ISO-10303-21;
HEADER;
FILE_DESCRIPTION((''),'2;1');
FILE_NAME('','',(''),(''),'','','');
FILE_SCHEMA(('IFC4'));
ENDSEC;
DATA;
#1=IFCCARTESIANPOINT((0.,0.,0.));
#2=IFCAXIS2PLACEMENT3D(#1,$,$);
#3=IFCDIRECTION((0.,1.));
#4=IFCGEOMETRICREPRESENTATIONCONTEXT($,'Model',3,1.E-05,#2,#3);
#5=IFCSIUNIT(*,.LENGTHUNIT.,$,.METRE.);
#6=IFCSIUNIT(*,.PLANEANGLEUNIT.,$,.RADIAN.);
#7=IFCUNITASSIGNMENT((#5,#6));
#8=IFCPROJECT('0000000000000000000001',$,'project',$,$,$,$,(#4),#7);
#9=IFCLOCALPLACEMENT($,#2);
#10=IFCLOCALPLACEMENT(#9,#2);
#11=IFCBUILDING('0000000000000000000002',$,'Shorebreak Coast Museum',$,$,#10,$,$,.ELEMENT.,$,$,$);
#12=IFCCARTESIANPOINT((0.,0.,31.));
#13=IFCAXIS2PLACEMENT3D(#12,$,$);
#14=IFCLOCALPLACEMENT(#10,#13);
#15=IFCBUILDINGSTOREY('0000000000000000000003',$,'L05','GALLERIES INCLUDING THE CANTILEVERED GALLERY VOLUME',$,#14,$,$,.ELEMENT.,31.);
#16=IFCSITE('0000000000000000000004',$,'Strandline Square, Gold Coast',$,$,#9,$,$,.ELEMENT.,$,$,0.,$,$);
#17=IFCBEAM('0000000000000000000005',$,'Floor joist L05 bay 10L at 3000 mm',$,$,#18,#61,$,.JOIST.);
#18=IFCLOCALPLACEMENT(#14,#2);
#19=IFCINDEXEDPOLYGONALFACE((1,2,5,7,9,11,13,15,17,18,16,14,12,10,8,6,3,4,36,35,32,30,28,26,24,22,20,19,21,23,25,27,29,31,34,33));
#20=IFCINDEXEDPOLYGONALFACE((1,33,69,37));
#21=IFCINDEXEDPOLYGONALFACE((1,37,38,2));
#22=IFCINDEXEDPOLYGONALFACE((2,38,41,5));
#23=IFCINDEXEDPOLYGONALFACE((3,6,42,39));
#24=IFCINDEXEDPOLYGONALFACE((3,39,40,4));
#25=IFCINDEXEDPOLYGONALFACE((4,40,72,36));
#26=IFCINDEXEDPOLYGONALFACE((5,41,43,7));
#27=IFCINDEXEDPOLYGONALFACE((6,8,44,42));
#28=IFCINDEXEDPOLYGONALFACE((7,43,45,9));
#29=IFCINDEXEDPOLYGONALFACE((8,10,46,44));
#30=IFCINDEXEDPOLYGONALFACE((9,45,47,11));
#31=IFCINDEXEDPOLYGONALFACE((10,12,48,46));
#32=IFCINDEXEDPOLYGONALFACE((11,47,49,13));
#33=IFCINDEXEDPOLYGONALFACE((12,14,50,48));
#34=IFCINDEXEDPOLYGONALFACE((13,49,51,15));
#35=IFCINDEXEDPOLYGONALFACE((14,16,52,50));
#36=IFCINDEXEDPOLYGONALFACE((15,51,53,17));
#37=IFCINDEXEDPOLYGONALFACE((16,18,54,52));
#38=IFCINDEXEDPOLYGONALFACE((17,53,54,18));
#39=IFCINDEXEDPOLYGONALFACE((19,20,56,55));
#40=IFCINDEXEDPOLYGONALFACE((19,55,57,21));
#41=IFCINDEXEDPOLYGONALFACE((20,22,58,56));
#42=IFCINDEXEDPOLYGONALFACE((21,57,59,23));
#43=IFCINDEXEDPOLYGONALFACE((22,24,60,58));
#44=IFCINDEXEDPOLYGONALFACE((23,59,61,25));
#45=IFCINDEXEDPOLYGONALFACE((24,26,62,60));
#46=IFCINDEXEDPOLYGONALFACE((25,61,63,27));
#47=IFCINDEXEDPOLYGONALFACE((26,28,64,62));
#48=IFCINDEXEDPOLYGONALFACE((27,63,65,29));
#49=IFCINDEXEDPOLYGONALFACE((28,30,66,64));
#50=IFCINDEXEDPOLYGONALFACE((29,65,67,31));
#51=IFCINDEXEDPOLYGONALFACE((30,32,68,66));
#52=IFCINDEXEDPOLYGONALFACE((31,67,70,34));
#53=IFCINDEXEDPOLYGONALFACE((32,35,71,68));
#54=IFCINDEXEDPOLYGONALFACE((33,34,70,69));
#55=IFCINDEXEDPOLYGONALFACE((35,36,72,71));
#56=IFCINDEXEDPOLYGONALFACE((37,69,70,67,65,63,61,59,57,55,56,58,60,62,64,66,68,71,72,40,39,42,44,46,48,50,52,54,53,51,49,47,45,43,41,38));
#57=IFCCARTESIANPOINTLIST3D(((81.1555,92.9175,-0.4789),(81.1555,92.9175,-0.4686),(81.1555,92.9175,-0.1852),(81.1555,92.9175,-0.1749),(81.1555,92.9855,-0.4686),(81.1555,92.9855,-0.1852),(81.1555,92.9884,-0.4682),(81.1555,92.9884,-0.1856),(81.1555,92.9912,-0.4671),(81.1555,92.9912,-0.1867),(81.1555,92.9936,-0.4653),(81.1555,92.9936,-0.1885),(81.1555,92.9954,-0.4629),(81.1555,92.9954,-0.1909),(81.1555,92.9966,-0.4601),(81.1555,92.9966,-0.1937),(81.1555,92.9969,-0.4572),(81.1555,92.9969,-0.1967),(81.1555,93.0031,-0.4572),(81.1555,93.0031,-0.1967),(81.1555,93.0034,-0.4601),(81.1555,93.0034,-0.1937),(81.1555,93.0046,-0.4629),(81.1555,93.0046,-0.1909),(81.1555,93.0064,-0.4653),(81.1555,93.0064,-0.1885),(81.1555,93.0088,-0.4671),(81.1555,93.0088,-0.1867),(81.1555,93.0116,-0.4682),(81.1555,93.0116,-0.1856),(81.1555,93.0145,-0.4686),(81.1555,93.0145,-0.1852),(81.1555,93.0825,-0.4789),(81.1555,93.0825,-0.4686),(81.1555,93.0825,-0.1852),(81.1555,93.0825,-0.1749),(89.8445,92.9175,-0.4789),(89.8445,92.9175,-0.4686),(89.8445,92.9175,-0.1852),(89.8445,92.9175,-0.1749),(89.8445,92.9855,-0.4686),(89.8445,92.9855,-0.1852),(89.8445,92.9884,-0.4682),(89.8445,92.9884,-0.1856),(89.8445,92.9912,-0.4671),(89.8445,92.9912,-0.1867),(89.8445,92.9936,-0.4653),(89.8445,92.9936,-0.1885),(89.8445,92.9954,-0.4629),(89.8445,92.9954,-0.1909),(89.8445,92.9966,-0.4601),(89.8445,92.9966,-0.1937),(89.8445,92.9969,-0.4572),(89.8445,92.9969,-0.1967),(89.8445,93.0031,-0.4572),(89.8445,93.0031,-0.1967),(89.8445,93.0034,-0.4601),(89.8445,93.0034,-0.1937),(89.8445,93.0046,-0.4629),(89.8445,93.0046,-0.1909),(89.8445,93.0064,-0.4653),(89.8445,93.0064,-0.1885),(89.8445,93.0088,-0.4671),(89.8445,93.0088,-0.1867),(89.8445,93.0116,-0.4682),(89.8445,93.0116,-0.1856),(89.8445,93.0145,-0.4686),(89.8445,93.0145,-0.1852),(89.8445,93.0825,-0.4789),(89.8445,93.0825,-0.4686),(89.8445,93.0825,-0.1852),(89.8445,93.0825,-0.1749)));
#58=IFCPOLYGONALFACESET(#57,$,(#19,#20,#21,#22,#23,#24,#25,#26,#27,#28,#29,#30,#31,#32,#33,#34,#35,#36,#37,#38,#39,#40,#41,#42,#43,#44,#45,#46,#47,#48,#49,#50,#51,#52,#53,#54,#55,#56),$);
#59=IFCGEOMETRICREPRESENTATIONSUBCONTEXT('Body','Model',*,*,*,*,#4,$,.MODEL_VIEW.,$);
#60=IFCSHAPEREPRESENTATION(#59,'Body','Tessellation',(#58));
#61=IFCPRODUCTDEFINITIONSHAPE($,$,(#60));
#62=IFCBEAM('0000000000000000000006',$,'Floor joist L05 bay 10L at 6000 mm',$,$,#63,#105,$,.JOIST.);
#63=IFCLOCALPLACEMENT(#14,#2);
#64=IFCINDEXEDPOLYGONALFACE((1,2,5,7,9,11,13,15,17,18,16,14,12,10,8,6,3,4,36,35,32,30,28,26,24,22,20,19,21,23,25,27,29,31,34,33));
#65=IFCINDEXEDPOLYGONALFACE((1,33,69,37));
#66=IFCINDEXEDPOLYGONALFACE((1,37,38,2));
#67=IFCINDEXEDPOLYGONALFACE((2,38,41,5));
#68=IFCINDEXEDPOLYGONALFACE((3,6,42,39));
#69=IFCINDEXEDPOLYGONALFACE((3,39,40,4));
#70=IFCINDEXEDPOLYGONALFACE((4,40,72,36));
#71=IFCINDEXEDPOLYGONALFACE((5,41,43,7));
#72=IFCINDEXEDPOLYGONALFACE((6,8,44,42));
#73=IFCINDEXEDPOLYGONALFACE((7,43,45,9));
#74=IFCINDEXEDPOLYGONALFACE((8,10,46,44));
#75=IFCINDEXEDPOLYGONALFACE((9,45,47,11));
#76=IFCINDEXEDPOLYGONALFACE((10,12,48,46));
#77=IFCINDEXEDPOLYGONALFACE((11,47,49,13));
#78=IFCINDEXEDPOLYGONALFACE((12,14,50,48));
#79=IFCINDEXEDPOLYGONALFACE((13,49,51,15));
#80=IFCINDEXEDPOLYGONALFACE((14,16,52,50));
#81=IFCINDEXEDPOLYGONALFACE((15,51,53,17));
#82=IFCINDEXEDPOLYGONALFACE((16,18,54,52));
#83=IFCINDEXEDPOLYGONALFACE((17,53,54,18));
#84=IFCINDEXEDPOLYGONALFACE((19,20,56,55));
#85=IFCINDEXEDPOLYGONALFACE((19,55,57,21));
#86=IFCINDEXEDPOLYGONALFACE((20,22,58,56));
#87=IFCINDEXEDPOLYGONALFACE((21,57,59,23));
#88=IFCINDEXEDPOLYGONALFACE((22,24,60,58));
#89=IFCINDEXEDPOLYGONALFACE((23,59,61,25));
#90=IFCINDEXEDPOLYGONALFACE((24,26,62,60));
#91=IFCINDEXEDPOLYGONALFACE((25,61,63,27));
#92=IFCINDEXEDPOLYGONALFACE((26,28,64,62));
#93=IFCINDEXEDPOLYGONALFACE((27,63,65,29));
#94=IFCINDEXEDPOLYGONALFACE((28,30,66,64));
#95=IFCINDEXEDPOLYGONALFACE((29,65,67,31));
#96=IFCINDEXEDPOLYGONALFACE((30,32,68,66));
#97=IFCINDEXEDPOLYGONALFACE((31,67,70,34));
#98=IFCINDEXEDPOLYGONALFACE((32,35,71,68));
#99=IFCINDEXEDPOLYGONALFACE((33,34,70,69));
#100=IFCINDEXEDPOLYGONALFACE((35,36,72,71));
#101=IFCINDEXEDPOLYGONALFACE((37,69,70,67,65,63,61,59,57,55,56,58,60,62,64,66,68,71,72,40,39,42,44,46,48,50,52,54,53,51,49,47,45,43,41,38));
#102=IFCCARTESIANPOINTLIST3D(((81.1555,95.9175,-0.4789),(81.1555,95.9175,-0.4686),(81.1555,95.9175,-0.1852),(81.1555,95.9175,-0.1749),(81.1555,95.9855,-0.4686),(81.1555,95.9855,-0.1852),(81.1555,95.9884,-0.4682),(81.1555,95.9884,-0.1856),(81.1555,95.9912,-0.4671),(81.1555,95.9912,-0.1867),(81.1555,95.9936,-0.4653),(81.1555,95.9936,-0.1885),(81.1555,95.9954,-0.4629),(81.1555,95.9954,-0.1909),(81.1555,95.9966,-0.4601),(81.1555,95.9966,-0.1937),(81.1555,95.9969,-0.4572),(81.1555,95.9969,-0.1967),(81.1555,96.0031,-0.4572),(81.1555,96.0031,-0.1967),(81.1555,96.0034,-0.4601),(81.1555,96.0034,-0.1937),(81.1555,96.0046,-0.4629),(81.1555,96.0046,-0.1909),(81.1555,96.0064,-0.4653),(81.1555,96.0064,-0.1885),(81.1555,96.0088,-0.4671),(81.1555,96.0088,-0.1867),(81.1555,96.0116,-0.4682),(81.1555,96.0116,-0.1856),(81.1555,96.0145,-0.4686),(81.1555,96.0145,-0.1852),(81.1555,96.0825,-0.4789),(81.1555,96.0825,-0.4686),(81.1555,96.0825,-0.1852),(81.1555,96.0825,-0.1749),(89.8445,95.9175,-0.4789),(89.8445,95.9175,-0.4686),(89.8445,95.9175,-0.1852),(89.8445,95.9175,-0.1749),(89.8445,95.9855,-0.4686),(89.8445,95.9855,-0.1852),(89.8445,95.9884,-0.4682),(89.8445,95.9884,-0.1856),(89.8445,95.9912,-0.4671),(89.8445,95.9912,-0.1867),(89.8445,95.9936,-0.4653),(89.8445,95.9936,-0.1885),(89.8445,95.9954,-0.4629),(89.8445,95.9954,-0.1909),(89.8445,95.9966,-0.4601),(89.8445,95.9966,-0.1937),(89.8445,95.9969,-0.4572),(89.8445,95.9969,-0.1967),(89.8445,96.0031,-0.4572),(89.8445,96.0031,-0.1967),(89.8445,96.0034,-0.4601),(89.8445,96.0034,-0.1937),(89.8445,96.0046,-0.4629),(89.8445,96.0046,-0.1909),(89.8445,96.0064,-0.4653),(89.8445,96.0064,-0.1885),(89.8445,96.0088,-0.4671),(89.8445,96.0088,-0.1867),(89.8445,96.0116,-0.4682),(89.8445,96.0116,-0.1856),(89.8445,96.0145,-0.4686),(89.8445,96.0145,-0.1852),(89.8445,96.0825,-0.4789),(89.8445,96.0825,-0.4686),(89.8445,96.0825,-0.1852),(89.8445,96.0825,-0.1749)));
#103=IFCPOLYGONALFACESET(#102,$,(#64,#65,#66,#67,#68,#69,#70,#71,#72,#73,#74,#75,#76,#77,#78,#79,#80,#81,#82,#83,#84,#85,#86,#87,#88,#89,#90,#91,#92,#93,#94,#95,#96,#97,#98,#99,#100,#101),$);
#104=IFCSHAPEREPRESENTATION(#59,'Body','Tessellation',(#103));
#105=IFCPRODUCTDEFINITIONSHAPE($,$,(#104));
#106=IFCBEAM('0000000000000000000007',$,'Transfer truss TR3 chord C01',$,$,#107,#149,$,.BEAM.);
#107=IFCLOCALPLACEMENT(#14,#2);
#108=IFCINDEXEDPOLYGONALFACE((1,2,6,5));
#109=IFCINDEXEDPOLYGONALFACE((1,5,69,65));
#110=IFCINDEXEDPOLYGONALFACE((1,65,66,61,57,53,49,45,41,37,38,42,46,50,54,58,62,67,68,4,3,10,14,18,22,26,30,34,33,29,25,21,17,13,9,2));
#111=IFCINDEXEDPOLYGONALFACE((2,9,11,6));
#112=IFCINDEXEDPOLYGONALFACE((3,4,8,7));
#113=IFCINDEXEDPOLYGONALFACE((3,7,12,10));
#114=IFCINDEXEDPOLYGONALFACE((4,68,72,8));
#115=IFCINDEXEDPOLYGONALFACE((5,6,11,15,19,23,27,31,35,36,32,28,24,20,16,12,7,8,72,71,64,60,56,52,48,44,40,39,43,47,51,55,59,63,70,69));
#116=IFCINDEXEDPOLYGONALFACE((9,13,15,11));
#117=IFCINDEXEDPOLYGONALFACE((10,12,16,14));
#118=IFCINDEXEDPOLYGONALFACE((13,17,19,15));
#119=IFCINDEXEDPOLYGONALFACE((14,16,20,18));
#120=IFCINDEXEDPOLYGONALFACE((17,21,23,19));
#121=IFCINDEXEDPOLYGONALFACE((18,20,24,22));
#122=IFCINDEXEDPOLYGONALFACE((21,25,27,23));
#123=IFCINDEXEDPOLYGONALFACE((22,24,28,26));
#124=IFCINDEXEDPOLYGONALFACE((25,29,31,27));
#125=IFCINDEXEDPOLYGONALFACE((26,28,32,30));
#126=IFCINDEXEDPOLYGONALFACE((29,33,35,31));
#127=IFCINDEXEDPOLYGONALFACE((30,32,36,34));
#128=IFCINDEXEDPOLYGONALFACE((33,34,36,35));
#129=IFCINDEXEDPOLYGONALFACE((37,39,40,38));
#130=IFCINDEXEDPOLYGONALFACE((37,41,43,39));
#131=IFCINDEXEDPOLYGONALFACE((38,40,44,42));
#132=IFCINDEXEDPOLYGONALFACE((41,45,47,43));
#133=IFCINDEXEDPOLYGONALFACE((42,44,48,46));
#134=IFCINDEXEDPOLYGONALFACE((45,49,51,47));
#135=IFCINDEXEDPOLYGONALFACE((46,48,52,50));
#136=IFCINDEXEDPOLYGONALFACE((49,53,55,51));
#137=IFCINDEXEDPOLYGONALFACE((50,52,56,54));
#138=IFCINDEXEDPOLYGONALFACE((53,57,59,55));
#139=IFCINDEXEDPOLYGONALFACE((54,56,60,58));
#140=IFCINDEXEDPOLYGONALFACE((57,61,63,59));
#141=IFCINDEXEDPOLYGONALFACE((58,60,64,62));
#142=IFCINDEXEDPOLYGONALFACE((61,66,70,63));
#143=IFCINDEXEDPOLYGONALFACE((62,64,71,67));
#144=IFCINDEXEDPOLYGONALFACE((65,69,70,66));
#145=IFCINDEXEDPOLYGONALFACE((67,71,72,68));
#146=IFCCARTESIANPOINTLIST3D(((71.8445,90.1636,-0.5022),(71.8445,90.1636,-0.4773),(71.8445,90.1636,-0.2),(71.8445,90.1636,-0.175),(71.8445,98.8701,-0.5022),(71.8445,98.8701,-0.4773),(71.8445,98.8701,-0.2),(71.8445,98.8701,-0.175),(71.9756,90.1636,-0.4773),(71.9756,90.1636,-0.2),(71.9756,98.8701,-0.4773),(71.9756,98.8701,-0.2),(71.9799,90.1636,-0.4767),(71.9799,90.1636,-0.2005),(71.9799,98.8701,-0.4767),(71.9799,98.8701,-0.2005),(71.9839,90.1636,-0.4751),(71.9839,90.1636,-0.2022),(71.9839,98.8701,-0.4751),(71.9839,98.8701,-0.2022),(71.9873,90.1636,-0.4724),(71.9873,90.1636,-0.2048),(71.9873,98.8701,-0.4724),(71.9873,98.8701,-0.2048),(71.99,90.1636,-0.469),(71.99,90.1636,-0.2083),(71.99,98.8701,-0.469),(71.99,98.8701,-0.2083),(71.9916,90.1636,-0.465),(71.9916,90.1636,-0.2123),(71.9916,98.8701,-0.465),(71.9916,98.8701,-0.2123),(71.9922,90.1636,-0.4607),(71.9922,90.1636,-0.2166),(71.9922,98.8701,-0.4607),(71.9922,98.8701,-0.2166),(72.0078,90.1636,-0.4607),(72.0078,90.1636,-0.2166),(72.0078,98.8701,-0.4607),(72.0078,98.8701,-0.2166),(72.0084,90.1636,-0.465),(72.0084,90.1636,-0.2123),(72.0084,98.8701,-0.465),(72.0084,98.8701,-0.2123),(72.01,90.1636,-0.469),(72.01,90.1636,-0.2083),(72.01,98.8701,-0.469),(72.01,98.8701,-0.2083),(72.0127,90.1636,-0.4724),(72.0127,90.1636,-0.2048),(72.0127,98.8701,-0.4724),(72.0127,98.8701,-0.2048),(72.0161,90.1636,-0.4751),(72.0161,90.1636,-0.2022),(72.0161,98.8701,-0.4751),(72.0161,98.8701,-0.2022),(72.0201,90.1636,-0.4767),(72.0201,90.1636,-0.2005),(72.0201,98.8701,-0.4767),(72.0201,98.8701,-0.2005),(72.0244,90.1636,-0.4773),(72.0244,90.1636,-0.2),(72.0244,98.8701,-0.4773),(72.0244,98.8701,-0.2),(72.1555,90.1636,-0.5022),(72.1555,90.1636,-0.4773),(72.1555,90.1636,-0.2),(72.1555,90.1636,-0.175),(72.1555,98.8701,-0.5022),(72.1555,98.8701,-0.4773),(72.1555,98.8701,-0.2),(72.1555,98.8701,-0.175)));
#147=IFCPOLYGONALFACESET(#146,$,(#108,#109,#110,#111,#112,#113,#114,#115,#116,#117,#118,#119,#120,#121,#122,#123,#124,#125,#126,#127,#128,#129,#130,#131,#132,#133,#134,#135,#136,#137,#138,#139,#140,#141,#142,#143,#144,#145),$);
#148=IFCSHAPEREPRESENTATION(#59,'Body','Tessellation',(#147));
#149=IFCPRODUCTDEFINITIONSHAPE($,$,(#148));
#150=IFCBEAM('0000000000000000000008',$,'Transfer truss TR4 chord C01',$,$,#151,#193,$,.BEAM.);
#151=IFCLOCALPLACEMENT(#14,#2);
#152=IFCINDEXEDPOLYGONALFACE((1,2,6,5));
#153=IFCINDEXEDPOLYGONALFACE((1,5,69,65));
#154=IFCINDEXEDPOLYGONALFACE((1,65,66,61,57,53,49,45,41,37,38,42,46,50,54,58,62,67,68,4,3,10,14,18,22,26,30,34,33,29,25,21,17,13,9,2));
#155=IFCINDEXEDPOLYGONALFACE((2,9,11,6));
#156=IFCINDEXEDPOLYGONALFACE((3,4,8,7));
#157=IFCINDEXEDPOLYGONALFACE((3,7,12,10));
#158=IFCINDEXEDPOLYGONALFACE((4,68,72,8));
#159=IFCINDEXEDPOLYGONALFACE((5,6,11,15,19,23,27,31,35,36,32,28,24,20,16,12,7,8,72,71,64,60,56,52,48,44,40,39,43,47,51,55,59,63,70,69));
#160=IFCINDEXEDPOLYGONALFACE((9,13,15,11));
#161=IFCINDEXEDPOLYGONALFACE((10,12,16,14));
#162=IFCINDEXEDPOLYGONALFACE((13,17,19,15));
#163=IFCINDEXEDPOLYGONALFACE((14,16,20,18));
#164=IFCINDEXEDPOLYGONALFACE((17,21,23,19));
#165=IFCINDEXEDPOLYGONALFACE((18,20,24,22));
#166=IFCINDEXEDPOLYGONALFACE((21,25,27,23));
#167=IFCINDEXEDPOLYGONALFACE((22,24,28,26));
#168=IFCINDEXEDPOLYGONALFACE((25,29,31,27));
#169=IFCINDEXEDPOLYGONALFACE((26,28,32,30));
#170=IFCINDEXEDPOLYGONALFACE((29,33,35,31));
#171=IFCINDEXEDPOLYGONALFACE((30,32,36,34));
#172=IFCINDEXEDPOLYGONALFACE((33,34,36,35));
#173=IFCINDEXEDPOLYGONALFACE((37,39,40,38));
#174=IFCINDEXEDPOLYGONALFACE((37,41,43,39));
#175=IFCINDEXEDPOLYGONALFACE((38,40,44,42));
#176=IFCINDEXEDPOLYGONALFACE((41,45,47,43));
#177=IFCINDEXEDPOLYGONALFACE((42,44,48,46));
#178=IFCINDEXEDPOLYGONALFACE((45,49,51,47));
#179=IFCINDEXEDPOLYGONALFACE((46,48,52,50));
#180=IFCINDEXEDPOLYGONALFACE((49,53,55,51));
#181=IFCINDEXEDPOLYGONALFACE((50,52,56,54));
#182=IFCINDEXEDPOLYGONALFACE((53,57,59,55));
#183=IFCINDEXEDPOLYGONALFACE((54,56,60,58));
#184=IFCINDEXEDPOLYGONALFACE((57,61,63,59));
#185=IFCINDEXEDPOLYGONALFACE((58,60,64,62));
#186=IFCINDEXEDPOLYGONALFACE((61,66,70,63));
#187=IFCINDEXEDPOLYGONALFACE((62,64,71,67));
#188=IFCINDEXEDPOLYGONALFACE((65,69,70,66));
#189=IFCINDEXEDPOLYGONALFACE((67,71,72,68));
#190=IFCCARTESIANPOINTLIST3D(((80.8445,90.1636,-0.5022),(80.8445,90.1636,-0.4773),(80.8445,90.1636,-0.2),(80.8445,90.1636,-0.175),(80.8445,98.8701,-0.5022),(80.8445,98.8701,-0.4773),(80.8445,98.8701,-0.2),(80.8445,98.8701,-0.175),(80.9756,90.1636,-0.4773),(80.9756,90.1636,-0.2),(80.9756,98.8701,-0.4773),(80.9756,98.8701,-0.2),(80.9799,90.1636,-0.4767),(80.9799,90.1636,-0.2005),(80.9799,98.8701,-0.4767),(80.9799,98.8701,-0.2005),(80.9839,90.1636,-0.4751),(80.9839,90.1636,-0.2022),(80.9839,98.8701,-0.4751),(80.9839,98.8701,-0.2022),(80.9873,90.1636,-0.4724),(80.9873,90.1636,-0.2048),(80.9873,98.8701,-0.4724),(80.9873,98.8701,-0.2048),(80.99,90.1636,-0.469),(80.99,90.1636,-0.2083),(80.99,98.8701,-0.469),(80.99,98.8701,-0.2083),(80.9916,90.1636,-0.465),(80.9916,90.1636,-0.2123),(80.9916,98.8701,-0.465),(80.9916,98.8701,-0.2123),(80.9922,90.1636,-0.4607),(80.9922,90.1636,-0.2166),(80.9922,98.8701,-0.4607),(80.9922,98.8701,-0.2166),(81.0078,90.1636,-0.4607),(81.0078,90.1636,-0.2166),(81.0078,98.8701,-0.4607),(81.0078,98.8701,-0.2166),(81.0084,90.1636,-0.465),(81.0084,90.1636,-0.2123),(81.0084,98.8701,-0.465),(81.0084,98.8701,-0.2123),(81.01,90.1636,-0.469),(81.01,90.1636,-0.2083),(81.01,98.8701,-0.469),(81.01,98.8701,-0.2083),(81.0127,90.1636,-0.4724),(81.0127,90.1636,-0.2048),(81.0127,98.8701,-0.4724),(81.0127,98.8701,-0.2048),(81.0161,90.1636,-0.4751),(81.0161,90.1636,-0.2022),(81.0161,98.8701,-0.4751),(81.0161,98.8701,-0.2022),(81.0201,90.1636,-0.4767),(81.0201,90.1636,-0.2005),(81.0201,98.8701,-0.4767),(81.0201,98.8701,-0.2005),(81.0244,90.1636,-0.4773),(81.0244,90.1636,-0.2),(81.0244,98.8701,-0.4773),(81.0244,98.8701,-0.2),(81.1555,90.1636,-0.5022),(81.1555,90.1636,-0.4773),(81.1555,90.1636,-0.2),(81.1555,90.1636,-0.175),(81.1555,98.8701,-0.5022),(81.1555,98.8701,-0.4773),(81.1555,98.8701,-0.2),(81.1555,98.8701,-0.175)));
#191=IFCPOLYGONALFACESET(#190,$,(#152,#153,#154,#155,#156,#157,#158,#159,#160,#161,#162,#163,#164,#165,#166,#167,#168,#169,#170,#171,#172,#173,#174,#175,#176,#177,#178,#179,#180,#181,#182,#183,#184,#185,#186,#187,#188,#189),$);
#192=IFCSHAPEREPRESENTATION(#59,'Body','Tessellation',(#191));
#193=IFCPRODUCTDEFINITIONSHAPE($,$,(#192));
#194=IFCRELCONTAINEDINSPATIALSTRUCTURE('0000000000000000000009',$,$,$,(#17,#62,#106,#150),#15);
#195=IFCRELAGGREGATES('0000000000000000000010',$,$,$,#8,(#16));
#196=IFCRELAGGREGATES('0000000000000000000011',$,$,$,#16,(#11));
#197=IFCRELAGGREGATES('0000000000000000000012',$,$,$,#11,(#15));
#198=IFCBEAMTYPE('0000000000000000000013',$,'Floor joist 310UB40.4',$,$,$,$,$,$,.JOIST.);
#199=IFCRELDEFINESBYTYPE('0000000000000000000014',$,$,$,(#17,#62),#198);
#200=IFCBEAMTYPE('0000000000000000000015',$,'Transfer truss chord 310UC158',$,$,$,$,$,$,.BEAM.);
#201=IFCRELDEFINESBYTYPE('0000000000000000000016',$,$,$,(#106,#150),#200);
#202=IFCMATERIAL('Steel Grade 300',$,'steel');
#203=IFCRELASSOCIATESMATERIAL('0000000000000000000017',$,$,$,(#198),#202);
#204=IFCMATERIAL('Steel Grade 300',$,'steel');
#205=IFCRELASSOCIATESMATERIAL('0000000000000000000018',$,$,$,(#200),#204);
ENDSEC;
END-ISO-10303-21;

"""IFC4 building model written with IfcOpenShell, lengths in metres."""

from ifc_helpers import new_model, si_unit, direction, frame, origin, origin_2d, place, context, subcontext, project, spatial, i_section, extrude, material, material_profile, profile_set, type_object, element, save


model = new_model("IFC4")

# Units and contexts
model_context = context("Model", 3, precision=1e-05, world=origin(), true_north=direction((0.0, 1.0)))
body_context = subcontext(model_context, "Body", "Model", "MODEL_VIEW")
ifc_project = project(units=[si_unit("LENGTHUNIT", "METRE"), si_unit("PLANEANGLEUNIT", "RADIAN")], contexts=[model_context])

# Site, building, storey
site_placement = place(None, origin())
site = spatial("IfcSite", under=ifc_project, at=site_placement, Name="Strandline Square, Gold Coast", CompositionType="ELEMENT", RefElevation=0.0)
building_placement = place(site_placement, origin())
building = spatial("IfcBuilding", under=site, at=building_placement, Name="Shorebreak Coast Museum", CompositionType="ELEMENT")
storey_placement = place(building_placement, frame((0.0, 0.0, 31.0)))
storey = spatial("IfcBuildingStorey", under=building, at=storey_placement, Name="L05", Description="GALLERIES INCLUDING THE CANTILEVERED GALLERY VOLUME", CompositionType="ELEMENT", Elevation=31.0)

# Beams
ifc_material_1 = material(Name="Steel Grade 300", Category="steel")
ifc_material_profile_1 = material_profile(ifc_material_1, i_section(OverallWidth=0.165, OverallDepth=0.304, WebThickness=0.0061, FlangeThickness=0.0103, FilletRadius=0.0115, at=origin_2d()), Name="310UB40.4")
ifc_profile_set_1 = profile_set([ifc_material_profile_1], Name="Steel Grade 300")
beam_type_1 = type_object("IfcBeamType", Name="Floor joist 310UB40.4", PredefinedType="JOIST", material=ifc_profile_set_1)
for number, where, z_axis, x_axis, name in (
    (1, (81.1555, 93.0, -0.3269), (1.0, 0.0, 0.0), (0.0, 1.0, 0.0), "Floor joist L05 bay 10L at 3000 mm"),
    (2, (81.1555, 96.0, -0.3269), (1.0, 0.0, 0.0), (0.0, 1.0, 0.0), "Floor joist L05 bay 10L at 6000 mm"),
):
    element("IfcBeam", number, at=place(storey_placement, frame(where, z_axis=z_axis, x_axis=x_axis)), inside=storey, type_object=beam_type_1, Name=name, PredefinedType="JOIST", context=body_context, shape_type="SweptSolid", body=[
        extrude(i_section(OverallWidth=0.165, OverallDepth=0.304, WebThickness=0.0061, FlangeThickness=0.0103, FilletRadius=0.0115, at=origin_2d()), origin(), (0.0, 0.0, 1.0), 8.689),
    ])
ifc_material_2 = material(Name="Steel Grade 300", Category="steel")
ifc_material_profile_2 = material_profile(ifc_material_2, i_section(OverallWidth=0.311, OverallDepth=0.3271, WebThickness=0.0156, FlangeThickness=0.0249, FilletRadius=0.0166, at=origin_2d()), Name="310UC158")
ifc_profile_set_2 = profile_set([ifc_material_profile_2], Name="Steel Grade 300")
beam_type_2 = type_object("IfcBeamType", Name="Transfer truss chord 310UC158", PredefinedType="BEAM", material=ifc_profile_set_2)
for number, where, z_axis, x_axis, name in (
    (3, (72.0, 90.1636, -0.3386), (0.0, 1.0, 0.0), (-1.0, 0.0, 0.0), "Transfer truss TR3 chord C01"),
    (4, (81.0, 90.1636, -0.3386), (0.0, 1.0, 0.0), (-1.0, 0.0, 0.0), "Transfer truss TR4 chord C01"),
):
    element("IfcBeam", number, at=place(storey_placement, frame(where, z_axis=z_axis, x_axis=x_axis)), inside=storey, type_object=beam_type_2, Name=name, PredefinedType="BEAM", context=body_context, shape_type="SweptSolid", body=[
        extrude(i_section(OverallWidth=0.311, OverallDepth=0.3271, WebThickness=0.0156, FlangeThickness=0.0249, FilletRadius=0.0166, at=origin_2d()), origin(), (0.0, 0.0, 1.0), 8.7065),
    ])

save(model, "model.ifc")
